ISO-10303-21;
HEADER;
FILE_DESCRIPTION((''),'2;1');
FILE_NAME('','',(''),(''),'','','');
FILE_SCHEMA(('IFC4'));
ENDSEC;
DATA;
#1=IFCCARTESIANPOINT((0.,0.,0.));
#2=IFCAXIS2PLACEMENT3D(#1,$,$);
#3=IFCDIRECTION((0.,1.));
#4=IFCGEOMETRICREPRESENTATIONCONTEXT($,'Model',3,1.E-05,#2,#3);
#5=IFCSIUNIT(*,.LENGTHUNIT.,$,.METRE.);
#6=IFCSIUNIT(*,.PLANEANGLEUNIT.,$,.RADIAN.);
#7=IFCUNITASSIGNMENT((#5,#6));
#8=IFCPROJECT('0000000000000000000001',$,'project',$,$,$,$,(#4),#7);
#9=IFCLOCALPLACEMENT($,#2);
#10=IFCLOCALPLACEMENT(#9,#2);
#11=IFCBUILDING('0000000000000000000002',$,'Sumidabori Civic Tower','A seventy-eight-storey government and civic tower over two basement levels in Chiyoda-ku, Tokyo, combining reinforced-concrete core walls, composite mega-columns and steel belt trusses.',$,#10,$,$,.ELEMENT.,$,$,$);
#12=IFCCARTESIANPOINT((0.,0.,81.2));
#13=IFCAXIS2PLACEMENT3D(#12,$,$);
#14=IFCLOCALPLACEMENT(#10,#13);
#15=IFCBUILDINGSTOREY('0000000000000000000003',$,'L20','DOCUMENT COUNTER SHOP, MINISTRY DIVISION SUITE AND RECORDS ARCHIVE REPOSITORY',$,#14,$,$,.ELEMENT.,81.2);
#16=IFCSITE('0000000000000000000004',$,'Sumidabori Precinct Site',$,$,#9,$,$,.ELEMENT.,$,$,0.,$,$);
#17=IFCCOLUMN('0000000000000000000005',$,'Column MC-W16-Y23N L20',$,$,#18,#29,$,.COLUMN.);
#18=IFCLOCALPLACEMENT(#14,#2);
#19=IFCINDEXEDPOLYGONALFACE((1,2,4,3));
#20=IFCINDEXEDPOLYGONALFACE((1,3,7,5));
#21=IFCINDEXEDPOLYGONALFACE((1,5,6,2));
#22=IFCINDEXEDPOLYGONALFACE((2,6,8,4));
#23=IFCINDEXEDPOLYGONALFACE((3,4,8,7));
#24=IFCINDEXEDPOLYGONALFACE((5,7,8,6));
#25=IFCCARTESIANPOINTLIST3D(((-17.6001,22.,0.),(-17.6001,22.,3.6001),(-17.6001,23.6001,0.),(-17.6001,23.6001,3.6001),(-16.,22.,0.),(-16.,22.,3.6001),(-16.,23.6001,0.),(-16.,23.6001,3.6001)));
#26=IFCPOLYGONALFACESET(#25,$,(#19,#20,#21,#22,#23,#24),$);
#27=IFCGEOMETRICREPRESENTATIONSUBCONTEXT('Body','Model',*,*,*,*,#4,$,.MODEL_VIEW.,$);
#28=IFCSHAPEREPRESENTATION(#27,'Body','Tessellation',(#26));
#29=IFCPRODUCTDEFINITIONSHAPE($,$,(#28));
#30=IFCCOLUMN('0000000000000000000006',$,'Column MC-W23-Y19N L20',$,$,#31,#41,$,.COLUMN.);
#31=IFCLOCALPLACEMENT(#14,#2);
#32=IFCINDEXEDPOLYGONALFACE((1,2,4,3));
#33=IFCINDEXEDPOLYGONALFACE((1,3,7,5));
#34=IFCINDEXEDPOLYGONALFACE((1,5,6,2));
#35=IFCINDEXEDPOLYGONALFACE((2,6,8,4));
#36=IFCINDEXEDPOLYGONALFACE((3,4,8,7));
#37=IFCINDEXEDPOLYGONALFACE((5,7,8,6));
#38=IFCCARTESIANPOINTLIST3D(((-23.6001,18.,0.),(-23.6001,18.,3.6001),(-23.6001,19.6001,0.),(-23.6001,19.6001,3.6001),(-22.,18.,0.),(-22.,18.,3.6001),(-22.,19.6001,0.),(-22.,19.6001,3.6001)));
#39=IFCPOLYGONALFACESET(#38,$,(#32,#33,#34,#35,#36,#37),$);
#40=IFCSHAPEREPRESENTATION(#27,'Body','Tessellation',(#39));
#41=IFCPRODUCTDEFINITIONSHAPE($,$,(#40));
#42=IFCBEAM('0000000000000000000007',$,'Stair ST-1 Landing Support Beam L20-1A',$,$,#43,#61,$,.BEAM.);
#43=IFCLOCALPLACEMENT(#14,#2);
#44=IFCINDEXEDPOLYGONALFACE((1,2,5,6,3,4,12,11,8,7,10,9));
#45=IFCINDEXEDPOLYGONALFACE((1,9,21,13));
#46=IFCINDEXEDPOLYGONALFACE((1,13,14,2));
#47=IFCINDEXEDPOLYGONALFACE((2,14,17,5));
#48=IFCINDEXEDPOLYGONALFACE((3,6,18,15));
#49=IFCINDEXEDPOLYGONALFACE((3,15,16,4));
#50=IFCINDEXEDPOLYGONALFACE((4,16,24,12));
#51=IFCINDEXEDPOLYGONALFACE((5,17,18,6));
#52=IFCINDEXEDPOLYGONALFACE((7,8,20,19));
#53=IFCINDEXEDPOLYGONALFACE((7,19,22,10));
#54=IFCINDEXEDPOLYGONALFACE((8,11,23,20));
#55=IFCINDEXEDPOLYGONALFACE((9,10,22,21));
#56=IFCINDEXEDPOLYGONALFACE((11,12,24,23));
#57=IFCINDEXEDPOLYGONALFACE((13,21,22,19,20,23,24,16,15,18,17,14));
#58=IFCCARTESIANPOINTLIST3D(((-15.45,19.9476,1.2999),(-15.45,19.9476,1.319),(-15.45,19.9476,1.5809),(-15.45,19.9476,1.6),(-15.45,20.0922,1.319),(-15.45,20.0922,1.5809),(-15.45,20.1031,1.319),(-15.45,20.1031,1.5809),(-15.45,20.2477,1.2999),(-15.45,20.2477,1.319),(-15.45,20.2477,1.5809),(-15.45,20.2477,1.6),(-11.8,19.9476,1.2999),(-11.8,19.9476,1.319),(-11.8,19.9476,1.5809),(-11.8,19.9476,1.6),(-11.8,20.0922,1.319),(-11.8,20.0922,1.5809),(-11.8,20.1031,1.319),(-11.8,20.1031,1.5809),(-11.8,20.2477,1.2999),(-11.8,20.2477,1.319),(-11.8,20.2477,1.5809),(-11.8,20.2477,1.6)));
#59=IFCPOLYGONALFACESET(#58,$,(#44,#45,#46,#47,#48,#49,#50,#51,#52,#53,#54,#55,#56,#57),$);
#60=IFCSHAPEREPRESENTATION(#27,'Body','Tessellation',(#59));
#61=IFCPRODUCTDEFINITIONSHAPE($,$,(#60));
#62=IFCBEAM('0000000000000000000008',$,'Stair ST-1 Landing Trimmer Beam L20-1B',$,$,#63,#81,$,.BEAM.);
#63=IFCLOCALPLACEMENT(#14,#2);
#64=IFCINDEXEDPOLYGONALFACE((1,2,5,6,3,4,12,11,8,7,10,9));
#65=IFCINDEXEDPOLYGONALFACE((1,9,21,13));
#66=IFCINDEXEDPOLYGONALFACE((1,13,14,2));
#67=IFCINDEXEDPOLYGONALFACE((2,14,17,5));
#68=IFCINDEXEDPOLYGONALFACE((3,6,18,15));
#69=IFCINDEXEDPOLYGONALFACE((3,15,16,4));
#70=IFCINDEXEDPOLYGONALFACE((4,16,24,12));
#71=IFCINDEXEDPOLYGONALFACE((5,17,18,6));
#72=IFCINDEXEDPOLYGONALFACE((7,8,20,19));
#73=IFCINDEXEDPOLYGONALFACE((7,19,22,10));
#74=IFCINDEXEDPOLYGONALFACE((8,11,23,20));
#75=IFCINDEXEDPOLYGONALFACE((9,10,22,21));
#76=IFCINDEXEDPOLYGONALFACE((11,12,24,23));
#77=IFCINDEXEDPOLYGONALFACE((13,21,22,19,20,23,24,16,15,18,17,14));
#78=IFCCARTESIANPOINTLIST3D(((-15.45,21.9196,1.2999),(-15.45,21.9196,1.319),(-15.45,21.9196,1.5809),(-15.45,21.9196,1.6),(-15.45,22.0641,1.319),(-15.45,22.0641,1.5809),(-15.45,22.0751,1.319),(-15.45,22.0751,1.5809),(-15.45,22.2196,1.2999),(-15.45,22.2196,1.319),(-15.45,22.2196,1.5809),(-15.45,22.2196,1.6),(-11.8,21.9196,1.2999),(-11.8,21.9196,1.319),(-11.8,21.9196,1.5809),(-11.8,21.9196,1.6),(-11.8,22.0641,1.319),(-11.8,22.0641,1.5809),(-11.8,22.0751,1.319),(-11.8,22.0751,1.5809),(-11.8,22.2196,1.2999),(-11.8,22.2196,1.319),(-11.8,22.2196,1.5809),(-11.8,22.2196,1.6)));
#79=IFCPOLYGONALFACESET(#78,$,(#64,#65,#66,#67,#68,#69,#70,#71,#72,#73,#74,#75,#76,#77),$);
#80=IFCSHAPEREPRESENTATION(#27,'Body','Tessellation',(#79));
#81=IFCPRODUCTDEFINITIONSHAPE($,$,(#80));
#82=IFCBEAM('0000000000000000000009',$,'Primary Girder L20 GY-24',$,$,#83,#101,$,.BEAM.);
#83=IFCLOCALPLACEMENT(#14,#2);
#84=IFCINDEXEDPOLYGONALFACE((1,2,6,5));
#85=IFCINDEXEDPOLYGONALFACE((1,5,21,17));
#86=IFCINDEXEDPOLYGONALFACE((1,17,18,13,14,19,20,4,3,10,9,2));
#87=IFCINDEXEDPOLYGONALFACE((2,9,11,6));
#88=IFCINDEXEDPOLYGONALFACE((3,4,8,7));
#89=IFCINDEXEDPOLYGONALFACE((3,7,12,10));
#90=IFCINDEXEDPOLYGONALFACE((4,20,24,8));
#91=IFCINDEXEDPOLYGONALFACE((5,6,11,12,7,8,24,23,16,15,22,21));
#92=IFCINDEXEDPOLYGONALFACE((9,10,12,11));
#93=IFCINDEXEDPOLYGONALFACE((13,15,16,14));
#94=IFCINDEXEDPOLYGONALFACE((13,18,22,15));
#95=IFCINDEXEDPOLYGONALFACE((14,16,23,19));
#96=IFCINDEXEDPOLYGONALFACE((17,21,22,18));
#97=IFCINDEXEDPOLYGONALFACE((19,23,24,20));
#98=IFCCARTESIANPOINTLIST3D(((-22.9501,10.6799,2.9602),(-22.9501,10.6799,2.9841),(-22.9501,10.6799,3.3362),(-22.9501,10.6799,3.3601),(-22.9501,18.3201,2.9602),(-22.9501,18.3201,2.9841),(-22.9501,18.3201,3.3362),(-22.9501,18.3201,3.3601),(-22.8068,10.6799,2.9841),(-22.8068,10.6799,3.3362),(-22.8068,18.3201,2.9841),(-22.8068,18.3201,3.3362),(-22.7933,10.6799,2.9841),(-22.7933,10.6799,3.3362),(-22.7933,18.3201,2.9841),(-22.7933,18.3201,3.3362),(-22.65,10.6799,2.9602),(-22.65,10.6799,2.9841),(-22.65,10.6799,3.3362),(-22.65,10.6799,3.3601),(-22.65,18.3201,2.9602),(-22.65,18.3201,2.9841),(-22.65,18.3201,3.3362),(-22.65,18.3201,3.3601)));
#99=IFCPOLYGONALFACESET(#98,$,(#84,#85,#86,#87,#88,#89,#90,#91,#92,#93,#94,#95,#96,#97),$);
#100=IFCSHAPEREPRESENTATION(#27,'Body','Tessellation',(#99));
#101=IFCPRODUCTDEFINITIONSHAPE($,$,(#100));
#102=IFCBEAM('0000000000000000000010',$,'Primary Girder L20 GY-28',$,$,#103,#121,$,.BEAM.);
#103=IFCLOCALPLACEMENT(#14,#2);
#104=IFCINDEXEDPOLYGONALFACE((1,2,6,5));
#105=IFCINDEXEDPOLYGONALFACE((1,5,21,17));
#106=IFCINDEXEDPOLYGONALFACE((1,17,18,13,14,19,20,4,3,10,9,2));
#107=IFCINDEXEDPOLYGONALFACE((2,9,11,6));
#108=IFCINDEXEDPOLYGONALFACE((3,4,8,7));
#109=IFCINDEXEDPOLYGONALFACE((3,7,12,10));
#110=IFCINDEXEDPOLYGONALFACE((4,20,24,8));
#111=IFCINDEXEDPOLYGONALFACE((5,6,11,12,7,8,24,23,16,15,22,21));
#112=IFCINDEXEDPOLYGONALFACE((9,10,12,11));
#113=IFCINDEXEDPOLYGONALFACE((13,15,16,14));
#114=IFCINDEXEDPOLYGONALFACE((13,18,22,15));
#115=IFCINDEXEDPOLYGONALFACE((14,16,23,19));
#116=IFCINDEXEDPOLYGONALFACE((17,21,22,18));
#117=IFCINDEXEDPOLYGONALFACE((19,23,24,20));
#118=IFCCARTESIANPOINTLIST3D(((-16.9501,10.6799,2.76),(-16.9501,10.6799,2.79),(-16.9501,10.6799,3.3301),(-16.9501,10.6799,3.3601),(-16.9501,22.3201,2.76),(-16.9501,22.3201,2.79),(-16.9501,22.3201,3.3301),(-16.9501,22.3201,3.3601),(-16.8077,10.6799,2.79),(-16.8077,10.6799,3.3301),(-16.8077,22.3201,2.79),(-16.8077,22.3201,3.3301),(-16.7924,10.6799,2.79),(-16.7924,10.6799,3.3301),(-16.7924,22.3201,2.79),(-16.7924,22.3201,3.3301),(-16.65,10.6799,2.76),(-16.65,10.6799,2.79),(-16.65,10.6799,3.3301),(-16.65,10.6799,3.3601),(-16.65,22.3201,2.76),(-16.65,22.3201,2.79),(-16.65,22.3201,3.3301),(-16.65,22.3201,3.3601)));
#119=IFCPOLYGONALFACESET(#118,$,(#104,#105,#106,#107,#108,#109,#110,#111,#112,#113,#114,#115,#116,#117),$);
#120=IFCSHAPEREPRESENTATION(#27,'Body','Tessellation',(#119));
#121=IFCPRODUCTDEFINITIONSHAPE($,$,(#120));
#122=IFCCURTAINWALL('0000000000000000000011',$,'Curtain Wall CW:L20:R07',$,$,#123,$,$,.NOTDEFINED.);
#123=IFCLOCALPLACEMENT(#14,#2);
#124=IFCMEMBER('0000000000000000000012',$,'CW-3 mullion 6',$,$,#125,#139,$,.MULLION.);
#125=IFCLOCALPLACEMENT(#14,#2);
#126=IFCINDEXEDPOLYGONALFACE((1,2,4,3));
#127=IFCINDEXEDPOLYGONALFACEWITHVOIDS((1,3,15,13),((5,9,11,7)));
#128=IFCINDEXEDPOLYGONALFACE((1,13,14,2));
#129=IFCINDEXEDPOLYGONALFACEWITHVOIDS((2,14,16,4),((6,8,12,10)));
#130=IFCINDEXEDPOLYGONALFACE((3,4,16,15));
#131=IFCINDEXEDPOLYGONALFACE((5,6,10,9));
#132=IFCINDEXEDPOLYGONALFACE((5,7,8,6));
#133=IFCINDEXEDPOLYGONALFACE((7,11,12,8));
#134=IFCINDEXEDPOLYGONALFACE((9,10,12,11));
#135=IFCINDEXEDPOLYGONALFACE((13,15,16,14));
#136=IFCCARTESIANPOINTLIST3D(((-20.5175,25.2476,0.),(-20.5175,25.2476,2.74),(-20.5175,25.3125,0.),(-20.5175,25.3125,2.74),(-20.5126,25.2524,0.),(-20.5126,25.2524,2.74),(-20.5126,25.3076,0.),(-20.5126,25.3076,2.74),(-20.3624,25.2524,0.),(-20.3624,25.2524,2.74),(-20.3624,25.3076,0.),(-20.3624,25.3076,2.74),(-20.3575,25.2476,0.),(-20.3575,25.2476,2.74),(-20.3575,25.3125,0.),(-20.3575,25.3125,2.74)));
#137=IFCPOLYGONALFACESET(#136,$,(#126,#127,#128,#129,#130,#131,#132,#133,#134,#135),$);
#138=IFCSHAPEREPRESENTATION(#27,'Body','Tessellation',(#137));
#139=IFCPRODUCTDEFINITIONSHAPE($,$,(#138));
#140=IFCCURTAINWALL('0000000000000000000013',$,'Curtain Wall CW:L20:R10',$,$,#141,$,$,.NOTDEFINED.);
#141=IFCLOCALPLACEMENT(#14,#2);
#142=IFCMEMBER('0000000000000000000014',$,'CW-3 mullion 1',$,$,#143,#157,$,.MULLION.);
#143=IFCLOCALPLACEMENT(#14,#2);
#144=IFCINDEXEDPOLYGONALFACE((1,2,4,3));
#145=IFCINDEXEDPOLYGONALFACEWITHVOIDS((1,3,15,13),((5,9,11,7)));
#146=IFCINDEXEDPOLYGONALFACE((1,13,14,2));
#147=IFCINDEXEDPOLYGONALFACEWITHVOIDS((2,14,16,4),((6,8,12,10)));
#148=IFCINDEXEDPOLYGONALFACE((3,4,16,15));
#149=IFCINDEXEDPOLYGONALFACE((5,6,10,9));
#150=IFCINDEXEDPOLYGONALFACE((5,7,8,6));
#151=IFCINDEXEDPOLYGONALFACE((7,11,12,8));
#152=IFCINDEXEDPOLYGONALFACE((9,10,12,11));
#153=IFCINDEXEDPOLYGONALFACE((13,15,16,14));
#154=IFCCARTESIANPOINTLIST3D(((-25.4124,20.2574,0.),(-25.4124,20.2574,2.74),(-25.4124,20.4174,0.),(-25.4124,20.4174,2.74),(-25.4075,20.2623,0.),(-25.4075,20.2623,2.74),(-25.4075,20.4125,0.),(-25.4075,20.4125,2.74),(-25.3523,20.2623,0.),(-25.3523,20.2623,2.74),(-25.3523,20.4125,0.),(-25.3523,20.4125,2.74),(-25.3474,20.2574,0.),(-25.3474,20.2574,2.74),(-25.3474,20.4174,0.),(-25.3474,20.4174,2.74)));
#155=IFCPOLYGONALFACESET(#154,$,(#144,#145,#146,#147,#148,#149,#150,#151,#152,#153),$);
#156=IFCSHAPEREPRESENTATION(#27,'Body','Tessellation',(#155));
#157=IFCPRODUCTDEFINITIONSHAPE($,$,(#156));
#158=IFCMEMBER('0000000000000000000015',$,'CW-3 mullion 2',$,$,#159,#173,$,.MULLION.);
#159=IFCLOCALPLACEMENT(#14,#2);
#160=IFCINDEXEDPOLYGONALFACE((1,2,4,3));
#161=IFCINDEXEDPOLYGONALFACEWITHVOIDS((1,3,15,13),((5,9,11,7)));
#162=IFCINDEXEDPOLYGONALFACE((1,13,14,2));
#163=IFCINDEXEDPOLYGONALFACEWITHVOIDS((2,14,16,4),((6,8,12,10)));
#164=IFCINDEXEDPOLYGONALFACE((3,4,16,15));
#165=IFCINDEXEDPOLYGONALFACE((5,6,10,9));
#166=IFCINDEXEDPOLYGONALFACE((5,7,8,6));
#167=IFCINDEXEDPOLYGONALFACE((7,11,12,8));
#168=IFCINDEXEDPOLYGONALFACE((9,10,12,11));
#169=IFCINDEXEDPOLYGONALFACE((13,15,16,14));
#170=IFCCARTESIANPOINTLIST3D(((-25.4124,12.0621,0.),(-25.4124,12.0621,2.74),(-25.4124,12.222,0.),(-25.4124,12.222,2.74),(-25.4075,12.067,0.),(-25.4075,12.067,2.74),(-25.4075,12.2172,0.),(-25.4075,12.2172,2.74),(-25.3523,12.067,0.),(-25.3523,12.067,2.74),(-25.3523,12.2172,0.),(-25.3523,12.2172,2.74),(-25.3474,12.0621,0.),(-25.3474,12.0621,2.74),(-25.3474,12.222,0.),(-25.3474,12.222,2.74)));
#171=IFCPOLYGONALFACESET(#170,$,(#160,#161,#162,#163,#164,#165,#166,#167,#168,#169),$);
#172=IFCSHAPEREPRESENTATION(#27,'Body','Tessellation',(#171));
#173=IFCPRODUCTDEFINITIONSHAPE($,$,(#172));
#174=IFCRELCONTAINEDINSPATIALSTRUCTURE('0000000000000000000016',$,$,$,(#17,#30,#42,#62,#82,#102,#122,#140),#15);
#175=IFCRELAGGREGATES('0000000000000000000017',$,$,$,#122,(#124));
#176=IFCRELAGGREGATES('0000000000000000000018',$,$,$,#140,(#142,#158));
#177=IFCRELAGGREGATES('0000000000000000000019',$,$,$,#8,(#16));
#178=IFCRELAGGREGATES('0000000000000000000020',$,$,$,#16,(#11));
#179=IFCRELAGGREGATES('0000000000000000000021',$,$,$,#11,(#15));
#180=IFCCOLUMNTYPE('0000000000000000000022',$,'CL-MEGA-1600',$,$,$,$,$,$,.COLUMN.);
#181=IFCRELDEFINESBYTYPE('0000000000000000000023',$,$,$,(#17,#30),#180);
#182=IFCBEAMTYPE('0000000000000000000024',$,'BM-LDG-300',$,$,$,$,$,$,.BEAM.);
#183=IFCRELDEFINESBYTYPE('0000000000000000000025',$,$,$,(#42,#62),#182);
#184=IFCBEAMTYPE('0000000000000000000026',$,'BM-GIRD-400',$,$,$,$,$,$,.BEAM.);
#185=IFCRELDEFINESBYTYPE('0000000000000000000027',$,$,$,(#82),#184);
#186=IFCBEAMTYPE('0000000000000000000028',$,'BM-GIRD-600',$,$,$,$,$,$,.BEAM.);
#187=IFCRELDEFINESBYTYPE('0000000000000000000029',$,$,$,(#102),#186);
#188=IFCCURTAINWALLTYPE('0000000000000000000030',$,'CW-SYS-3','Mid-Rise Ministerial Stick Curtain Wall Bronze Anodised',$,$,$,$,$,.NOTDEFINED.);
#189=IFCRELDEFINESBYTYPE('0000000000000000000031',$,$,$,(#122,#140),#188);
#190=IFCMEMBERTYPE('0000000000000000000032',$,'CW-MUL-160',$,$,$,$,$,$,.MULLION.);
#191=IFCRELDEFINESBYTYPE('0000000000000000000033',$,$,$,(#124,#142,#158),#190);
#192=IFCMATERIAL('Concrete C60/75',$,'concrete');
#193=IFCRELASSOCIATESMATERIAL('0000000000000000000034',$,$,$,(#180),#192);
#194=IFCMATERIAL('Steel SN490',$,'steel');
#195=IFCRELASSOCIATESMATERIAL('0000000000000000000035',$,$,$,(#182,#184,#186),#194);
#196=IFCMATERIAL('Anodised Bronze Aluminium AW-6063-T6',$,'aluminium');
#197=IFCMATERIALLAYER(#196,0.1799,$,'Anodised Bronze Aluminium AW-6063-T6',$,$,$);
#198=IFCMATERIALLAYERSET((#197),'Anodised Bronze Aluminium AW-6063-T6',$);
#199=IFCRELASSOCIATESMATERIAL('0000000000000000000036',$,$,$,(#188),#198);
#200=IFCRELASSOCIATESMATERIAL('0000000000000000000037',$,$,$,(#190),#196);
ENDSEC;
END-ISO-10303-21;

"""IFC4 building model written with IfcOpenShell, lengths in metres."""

from ifc_helpers import new_model, si_unit, direction, frame, origin, origin_2d, place, context, subcontext, project, spatial, rectangle, hollow_rectangle, i_section, extrude, source, transform, mapped, material, layer, layer_set, material_profile, profile_set, type_object, element, aggregate, save


model = new_model("IFC4")

# Units and contexts
model_context = context("Model", 3, precision=1e-05, world=origin(), true_north=direction((0.0, 1.0)))
body_context = subcontext(model_context, "Body", "Model", "MODEL_VIEW")
ifc_project = project(units=[si_unit("LENGTHUNIT", "METRE"), si_unit("PLANEANGLEUNIT", "RADIAN")], contexts=[model_context])

# Site, building, storey
site_placement = place(None, origin())
site = spatial("IfcSite", under=ifc_project, at=site_placement, Name="Sumidabori Precinct Site", CompositionType="ELEMENT", RefElevation=0.0)
building_placement = place(site_placement, origin())
building = spatial("IfcBuilding", under=site, at=building_placement, Name="Sumidabori Civic Tower", Description="A seventy-eight-storey government and civic tower over two basement levels in Chiyoda-ku, Tokyo, combining reinforced-concrete core walls, composite mega-columns and steel belt trusses.", CompositionType="ELEMENT")
storey_placement = place(building_placement, frame((0.0, 0.0, 81.2)))
storey = spatial("IfcBuildingStorey", under=building, at=storey_placement, Name="L20", Description="DOCUMENT COUNTER SHOP, MINISTRY DIVISION SUITE AND RECORDS ARCHIVE REPOSITORY", CompositionType="ELEMENT", Elevation=81.2)

# Columns
ifc_material_1 = material(Name="Concrete C60/75", Category="concrete")
ifc_material_profile_1 = material_profile(ifc_material_1, rectangle(XDim=1.6001, YDim=1.6001, at=origin_2d()), Name="RC 1600x1600")
ifc_profile_set_1 = profile_set([ifc_material_profile_1], Name="Concrete C60/75")
column_type = type_object("IfcColumnType", Name="CL-MEGA-1600", PredefinedType="COLUMN", material=ifc_profile_set_1)
shared_shape_1 = source(origin(), body_context, "Body", "SweptSolid", [
    extrude(rectangle(XDim=1.6001, YDim=1.6001, at=origin_2d()), origin(), (0.0, 0.0, 1.0), 3.6001),
])
for number, where, z_axis, x_axis, name in (
    (1, (-16.8, 22.8, 0.0), (0.0, 0.0, 1.0), (1.0, 0.0, 0.0), "Column MC-W16-Y23N L20"),
    (2, (-22.8, 18.8, 0.0), (0.0, 0.0, 1.0), (1.0, 0.0, 0.0), "Column MC-W23-Y19N L20"),
):
    element("IfcColumn", number, at=place(storey_placement, frame(where, z_axis=z_axis, x_axis=x_axis)), inside=storey, type_object=column_type, Name=name, PredefinedType="COLUMN", context=body_context, shape_type="MappedRepresentation", body=[
        mapped(shared_shape_1, transform((0.0, 0.0, 0.0), x_axis=(1.0, 0.0, 0.0), y_axis=(0.0, 1.0, 0.0), z_axis=(0.0, 0.0, 1.0), scale=1.0)),
    ])

# Beams
ifc_material_2 = material(Name="Steel SN490", Category="steel")
ifc_material_profile_2 = material_profile(ifc_material_2, i_section(OverallWidth=0.3, OverallDepth=0.3, WebThickness=0.011, FlangeThickness=0.019, at=origin_2d()), Name="HE 300 B")
ifc_profile_set_2 = profile_set([ifc_material_profile_2], Name="Steel SN490")
beam_type_1 = type_object("IfcBeamType", Name="BM-LDG-300", PredefinedType="BEAM", material=ifc_profile_set_2)
shared_shape_2 = source(origin(), body_context, "Body", "SweptSolid", [
    extrude(i_section(OverallWidth=0.3, OverallDepth=0.3, WebThickness=0.011, FlangeThickness=0.019, at=origin_2d()), origin(), (0.0, 0.0, 1.0), 3.6499),
])
for number, where, z_axis, x_axis, name in (
    (3, (-15.45, 20.0977, 1.45), (1.0, 0.0, 0.0), (0.0, 1.0, 0.0), "Stair ST-1 Landing Support Beam L20-1A"),
    (4, (-15.45, 22.0696, 1.45), (1.0, 0.0, 0.0), (0.0, 1.0, 0.0), "Stair ST-1 Landing Trimmer Beam L20-1B"),
):
    element("IfcBeam", number, at=place(storey_placement, frame(where, z_axis=z_axis, x_axis=x_axis)), inside=storey, type_object=beam_type_1, Name=name, PredefinedType="BEAM", context=body_context, shape_type="MappedRepresentation", body=[
        mapped(shared_shape_2, transform((0.0, 0.0, 0.0), x_axis=(1.0, 0.0, 0.0), y_axis=(0.0, 1.0, 0.0), z_axis=(0.0, 0.0, 1.0), scale=1.0)),
    ])
ifc_material_profile_3 = material_profile(ifc_material_2, i_section(OverallWidth=0.3, OverallDepth=0.3999, WebThickness=0.0134, FlangeThickness=0.0239, at=origin_2d()), Name="HE 400 B")
ifc_profile_set_3 = profile_set([ifc_material_profile_3], Name="Steel SN490")
beam_type_2 = type_object("IfcBeamType", Name="BM-GIRD-400", PredefinedType="BEAM", material=ifc_profile_set_3)
shared_shape_3 = source(origin(), body_context, "Body", "SweptSolid", [
    extrude(i_section(OverallWidth=0.3, OverallDepth=0.3999, WebThickness=0.0134, FlangeThickness=0.0239, at=origin_2d()), origin(), (0.0, 0.0, 1.0), 7.6401),
])
beam_1_placement = place(storey_placement, frame((-22.8, 10.6799, 3.1602), z_axis=(0.0, 1.0, 0.0), x_axis=(-1.0, 0.0, 0.0)))
element("IfcBeam", 5, at=beam_1_placement, inside=storey, type_object=beam_type_2, Name="Primary Girder L20 GY-24", PredefinedType="BEAM", context=body_context, shape_type="MappedRepresentation", body=[
    mapped(shared_shape_3, transform((0.0, 0.0, 0.0), x_axis=(1.0, 0.0, 0.0), y_axis=(0.0, 1.0, 0.0), z_axis=(0.0, 0.0, 1.0), scale=1.0)),
])
ifc_material_profile_4 = material_profile(ifc_material_2, i_section(OverallWidth=0.3, OverallDepth=0.6001, WebThickness=0.0154, FlangeThickness=0.03, at=origin_2d()), Name="HE 600 B")
ifc_profile_set_4 = profile_set([ifc_material_profile_4], Name="Steel SN490")
beam_type_3 = type_object("IfcBeamType", Name="BM-GIRD-600", PredefinedType="BEAM", material=ifc_profile_set_4)
shared_shape_4 = source(origin(), body_context, "Body", "SweptSolid", [
    extrude(i_section(OverallWidth=0.3, OverallDepth=0.6001, WebThickness=0.0154, FlangeThickness=0.03, at=origin_2d()), origin(), (0.0, 0.0, 1.0), 11.6401),
])
beam_2_placement = place(storey_placement, frame((-16.8, 10.6799, 3.0601), z_axis=(0.0, 1.0, 0.0), x_axis=(-1.0, 0.0, 0.0)))
element("IfcBeam", 6, at=beam_2_placement, inside=storey, type_object=beam_type_3, Name="Primary Girder L20 GY-28", PredefinedType="BEAM", context=body_context, shape_type="MappedRepresentation", body=[
    mapped(shared_shape_4, transform((0.0, 0.0, 0.0), x_axis=(1.0, 0.0, 0.0), y_axis=(0.0, 1.0, 0.0), z_axis=(0.0, 0.0, 1.0), scale=1.0)),
])

# Curtain wall, member
ifc_material_3 = material(Name="Anodised Bronze Aluminium AW-6063-T6", Category="aluminium")
ifc_layer_1 = layer(ifc_material_3, 0.1799, Name="Anodised Bronze Aluminium AW-6063-T6")
ifc_layer_set_1 = layer_set([ifc_layer_1], Name="Anodised Bronze Aluminium AW-6063-T6")
curtain_wall_type = type_object("IfcCurtainWallType", Name="CW-SYS-3", Description="Mid-Rise Ministerial Stick Curtain Wall Bronze Anodised", PredefinedType="NOTDEFINED", material=ifc_layer_set_1)
curtain_wall_1_placement = place(storey_placement, origin())
curtain_wall_1 = element("IfcCurtainWall", 7, at=curtain_wall_1_placement, inside=storey, type_object=curtain_wall_type, Name="Curtain Wall CW:L20:R07", PredefinedType="NOTDEFINED")
ifc_material_profile_5 = material_profile(ifc_material_3, hollow_rectangle(XDim=0.0649, YDim=0.1599, WallThickness=0.0049, at=origin_2d()), Name="ALU MULLION 160x65")
ifc_profile_set_5 = profile_set([ifc_material_profile_5], Name="Anodised Bronze Aluminium AW-6063-T6")
member_type_1 = type_object("IfcMemberType", Name="CW-MUL-160", PredefinedType="MULLION", material=ifc_profile_set_5)
shared_shape_5 = source(origin(), body_context, "Body", "SweptSolid", [
    extrude(hollow_rectangle(XDim=0.0649, YDim=0.1599, WallThickness=0.0049, at=origin_2d()), origin(), (0.0, 0.0, 1.0), 2.74),
])
member_1_placement = place(storey_placement, frame((-20.4375, 25.28, 0.0), z_axis=(0.0, 0.0, 1.0), x_axis=(0.0, -1.0, 0.0)))
member_1 = element("IfcMember", 8, at=member_1_placement, type_object=member_type_1, Name="CW-3 mullion 6", PredefinedType="MULLION", context=body_context, shape_type="MappedRepresentation", body=[
    mapped(shared_shape_5, transform((0.0, 0.0, 0.0), x_axis=(1.0, 0.0, 0.0), y_axis=(0.0, 1.0, 0.0), z_axis=(0.0, 0.0, 1.0), scale=1.0)),
])

# Curtain wall, members
curtain_wall_2_placement = place(storey_placement, origin())
curtain_wall_2 = element("IfcCurtainWall", 9, at=curtain_wall_2_placement, inside=storey, type_object=curtain_wall_type, Name="Curtain Wall CW:L20:R10", PredefinedType="NOTDEFINED")
member_2_placement = place(storey_placement, frame((-25.3799, 20.3374, 0.0), z_axis=(0.0, 0.0, 1.0), x_axis=(1.0, 0.0, 0.0)))
member_2 = element("IfcMember", 10, at=member_2_placement, type_object=member_type_1, Name="CW-3 mullion 1", PredefinedType="MULLION", context=body_context, shape_type="MappedRepresentation", body=[
    mapped(shared_shape_5, transform((0.0, 0.0, 0.0), x_axis=(1.0, 0.0, 0.0), y_axis=(0.0, 1.0, 0.0), z_axis=(0.0, 0.0, 1.0), scale=1.0)),
])
member_3_placement = place(storey_placement, frame((-25.3799, 12.1421, 0.0), z_axis=(0.0, 0.0, 1.0), x_axis=(1.0, 0.0, 0.0)))
member_3 = element("IfcMember", 11, at=member_3_placement, type_object=member_type_1, Name="CW-3 mullion 2", PredefinedType="MULLION", context=body_context, shape_type="MappedRepresentation", body=[
    mapped(shared_shape_5, transform((0.0, 0.0, 0.0), x_axis=(1.0, 0.0, 0.0), y_axis=(0.0, 1.0, 0.0), z_axis=(0.0, 0.0, 1.0), scale=1.0)),
])

aggregate(curtain_wall_1, [member_1])
aggregate(curtain_wall_2, [member_2, member_3])

save(model, "model.ifc")
